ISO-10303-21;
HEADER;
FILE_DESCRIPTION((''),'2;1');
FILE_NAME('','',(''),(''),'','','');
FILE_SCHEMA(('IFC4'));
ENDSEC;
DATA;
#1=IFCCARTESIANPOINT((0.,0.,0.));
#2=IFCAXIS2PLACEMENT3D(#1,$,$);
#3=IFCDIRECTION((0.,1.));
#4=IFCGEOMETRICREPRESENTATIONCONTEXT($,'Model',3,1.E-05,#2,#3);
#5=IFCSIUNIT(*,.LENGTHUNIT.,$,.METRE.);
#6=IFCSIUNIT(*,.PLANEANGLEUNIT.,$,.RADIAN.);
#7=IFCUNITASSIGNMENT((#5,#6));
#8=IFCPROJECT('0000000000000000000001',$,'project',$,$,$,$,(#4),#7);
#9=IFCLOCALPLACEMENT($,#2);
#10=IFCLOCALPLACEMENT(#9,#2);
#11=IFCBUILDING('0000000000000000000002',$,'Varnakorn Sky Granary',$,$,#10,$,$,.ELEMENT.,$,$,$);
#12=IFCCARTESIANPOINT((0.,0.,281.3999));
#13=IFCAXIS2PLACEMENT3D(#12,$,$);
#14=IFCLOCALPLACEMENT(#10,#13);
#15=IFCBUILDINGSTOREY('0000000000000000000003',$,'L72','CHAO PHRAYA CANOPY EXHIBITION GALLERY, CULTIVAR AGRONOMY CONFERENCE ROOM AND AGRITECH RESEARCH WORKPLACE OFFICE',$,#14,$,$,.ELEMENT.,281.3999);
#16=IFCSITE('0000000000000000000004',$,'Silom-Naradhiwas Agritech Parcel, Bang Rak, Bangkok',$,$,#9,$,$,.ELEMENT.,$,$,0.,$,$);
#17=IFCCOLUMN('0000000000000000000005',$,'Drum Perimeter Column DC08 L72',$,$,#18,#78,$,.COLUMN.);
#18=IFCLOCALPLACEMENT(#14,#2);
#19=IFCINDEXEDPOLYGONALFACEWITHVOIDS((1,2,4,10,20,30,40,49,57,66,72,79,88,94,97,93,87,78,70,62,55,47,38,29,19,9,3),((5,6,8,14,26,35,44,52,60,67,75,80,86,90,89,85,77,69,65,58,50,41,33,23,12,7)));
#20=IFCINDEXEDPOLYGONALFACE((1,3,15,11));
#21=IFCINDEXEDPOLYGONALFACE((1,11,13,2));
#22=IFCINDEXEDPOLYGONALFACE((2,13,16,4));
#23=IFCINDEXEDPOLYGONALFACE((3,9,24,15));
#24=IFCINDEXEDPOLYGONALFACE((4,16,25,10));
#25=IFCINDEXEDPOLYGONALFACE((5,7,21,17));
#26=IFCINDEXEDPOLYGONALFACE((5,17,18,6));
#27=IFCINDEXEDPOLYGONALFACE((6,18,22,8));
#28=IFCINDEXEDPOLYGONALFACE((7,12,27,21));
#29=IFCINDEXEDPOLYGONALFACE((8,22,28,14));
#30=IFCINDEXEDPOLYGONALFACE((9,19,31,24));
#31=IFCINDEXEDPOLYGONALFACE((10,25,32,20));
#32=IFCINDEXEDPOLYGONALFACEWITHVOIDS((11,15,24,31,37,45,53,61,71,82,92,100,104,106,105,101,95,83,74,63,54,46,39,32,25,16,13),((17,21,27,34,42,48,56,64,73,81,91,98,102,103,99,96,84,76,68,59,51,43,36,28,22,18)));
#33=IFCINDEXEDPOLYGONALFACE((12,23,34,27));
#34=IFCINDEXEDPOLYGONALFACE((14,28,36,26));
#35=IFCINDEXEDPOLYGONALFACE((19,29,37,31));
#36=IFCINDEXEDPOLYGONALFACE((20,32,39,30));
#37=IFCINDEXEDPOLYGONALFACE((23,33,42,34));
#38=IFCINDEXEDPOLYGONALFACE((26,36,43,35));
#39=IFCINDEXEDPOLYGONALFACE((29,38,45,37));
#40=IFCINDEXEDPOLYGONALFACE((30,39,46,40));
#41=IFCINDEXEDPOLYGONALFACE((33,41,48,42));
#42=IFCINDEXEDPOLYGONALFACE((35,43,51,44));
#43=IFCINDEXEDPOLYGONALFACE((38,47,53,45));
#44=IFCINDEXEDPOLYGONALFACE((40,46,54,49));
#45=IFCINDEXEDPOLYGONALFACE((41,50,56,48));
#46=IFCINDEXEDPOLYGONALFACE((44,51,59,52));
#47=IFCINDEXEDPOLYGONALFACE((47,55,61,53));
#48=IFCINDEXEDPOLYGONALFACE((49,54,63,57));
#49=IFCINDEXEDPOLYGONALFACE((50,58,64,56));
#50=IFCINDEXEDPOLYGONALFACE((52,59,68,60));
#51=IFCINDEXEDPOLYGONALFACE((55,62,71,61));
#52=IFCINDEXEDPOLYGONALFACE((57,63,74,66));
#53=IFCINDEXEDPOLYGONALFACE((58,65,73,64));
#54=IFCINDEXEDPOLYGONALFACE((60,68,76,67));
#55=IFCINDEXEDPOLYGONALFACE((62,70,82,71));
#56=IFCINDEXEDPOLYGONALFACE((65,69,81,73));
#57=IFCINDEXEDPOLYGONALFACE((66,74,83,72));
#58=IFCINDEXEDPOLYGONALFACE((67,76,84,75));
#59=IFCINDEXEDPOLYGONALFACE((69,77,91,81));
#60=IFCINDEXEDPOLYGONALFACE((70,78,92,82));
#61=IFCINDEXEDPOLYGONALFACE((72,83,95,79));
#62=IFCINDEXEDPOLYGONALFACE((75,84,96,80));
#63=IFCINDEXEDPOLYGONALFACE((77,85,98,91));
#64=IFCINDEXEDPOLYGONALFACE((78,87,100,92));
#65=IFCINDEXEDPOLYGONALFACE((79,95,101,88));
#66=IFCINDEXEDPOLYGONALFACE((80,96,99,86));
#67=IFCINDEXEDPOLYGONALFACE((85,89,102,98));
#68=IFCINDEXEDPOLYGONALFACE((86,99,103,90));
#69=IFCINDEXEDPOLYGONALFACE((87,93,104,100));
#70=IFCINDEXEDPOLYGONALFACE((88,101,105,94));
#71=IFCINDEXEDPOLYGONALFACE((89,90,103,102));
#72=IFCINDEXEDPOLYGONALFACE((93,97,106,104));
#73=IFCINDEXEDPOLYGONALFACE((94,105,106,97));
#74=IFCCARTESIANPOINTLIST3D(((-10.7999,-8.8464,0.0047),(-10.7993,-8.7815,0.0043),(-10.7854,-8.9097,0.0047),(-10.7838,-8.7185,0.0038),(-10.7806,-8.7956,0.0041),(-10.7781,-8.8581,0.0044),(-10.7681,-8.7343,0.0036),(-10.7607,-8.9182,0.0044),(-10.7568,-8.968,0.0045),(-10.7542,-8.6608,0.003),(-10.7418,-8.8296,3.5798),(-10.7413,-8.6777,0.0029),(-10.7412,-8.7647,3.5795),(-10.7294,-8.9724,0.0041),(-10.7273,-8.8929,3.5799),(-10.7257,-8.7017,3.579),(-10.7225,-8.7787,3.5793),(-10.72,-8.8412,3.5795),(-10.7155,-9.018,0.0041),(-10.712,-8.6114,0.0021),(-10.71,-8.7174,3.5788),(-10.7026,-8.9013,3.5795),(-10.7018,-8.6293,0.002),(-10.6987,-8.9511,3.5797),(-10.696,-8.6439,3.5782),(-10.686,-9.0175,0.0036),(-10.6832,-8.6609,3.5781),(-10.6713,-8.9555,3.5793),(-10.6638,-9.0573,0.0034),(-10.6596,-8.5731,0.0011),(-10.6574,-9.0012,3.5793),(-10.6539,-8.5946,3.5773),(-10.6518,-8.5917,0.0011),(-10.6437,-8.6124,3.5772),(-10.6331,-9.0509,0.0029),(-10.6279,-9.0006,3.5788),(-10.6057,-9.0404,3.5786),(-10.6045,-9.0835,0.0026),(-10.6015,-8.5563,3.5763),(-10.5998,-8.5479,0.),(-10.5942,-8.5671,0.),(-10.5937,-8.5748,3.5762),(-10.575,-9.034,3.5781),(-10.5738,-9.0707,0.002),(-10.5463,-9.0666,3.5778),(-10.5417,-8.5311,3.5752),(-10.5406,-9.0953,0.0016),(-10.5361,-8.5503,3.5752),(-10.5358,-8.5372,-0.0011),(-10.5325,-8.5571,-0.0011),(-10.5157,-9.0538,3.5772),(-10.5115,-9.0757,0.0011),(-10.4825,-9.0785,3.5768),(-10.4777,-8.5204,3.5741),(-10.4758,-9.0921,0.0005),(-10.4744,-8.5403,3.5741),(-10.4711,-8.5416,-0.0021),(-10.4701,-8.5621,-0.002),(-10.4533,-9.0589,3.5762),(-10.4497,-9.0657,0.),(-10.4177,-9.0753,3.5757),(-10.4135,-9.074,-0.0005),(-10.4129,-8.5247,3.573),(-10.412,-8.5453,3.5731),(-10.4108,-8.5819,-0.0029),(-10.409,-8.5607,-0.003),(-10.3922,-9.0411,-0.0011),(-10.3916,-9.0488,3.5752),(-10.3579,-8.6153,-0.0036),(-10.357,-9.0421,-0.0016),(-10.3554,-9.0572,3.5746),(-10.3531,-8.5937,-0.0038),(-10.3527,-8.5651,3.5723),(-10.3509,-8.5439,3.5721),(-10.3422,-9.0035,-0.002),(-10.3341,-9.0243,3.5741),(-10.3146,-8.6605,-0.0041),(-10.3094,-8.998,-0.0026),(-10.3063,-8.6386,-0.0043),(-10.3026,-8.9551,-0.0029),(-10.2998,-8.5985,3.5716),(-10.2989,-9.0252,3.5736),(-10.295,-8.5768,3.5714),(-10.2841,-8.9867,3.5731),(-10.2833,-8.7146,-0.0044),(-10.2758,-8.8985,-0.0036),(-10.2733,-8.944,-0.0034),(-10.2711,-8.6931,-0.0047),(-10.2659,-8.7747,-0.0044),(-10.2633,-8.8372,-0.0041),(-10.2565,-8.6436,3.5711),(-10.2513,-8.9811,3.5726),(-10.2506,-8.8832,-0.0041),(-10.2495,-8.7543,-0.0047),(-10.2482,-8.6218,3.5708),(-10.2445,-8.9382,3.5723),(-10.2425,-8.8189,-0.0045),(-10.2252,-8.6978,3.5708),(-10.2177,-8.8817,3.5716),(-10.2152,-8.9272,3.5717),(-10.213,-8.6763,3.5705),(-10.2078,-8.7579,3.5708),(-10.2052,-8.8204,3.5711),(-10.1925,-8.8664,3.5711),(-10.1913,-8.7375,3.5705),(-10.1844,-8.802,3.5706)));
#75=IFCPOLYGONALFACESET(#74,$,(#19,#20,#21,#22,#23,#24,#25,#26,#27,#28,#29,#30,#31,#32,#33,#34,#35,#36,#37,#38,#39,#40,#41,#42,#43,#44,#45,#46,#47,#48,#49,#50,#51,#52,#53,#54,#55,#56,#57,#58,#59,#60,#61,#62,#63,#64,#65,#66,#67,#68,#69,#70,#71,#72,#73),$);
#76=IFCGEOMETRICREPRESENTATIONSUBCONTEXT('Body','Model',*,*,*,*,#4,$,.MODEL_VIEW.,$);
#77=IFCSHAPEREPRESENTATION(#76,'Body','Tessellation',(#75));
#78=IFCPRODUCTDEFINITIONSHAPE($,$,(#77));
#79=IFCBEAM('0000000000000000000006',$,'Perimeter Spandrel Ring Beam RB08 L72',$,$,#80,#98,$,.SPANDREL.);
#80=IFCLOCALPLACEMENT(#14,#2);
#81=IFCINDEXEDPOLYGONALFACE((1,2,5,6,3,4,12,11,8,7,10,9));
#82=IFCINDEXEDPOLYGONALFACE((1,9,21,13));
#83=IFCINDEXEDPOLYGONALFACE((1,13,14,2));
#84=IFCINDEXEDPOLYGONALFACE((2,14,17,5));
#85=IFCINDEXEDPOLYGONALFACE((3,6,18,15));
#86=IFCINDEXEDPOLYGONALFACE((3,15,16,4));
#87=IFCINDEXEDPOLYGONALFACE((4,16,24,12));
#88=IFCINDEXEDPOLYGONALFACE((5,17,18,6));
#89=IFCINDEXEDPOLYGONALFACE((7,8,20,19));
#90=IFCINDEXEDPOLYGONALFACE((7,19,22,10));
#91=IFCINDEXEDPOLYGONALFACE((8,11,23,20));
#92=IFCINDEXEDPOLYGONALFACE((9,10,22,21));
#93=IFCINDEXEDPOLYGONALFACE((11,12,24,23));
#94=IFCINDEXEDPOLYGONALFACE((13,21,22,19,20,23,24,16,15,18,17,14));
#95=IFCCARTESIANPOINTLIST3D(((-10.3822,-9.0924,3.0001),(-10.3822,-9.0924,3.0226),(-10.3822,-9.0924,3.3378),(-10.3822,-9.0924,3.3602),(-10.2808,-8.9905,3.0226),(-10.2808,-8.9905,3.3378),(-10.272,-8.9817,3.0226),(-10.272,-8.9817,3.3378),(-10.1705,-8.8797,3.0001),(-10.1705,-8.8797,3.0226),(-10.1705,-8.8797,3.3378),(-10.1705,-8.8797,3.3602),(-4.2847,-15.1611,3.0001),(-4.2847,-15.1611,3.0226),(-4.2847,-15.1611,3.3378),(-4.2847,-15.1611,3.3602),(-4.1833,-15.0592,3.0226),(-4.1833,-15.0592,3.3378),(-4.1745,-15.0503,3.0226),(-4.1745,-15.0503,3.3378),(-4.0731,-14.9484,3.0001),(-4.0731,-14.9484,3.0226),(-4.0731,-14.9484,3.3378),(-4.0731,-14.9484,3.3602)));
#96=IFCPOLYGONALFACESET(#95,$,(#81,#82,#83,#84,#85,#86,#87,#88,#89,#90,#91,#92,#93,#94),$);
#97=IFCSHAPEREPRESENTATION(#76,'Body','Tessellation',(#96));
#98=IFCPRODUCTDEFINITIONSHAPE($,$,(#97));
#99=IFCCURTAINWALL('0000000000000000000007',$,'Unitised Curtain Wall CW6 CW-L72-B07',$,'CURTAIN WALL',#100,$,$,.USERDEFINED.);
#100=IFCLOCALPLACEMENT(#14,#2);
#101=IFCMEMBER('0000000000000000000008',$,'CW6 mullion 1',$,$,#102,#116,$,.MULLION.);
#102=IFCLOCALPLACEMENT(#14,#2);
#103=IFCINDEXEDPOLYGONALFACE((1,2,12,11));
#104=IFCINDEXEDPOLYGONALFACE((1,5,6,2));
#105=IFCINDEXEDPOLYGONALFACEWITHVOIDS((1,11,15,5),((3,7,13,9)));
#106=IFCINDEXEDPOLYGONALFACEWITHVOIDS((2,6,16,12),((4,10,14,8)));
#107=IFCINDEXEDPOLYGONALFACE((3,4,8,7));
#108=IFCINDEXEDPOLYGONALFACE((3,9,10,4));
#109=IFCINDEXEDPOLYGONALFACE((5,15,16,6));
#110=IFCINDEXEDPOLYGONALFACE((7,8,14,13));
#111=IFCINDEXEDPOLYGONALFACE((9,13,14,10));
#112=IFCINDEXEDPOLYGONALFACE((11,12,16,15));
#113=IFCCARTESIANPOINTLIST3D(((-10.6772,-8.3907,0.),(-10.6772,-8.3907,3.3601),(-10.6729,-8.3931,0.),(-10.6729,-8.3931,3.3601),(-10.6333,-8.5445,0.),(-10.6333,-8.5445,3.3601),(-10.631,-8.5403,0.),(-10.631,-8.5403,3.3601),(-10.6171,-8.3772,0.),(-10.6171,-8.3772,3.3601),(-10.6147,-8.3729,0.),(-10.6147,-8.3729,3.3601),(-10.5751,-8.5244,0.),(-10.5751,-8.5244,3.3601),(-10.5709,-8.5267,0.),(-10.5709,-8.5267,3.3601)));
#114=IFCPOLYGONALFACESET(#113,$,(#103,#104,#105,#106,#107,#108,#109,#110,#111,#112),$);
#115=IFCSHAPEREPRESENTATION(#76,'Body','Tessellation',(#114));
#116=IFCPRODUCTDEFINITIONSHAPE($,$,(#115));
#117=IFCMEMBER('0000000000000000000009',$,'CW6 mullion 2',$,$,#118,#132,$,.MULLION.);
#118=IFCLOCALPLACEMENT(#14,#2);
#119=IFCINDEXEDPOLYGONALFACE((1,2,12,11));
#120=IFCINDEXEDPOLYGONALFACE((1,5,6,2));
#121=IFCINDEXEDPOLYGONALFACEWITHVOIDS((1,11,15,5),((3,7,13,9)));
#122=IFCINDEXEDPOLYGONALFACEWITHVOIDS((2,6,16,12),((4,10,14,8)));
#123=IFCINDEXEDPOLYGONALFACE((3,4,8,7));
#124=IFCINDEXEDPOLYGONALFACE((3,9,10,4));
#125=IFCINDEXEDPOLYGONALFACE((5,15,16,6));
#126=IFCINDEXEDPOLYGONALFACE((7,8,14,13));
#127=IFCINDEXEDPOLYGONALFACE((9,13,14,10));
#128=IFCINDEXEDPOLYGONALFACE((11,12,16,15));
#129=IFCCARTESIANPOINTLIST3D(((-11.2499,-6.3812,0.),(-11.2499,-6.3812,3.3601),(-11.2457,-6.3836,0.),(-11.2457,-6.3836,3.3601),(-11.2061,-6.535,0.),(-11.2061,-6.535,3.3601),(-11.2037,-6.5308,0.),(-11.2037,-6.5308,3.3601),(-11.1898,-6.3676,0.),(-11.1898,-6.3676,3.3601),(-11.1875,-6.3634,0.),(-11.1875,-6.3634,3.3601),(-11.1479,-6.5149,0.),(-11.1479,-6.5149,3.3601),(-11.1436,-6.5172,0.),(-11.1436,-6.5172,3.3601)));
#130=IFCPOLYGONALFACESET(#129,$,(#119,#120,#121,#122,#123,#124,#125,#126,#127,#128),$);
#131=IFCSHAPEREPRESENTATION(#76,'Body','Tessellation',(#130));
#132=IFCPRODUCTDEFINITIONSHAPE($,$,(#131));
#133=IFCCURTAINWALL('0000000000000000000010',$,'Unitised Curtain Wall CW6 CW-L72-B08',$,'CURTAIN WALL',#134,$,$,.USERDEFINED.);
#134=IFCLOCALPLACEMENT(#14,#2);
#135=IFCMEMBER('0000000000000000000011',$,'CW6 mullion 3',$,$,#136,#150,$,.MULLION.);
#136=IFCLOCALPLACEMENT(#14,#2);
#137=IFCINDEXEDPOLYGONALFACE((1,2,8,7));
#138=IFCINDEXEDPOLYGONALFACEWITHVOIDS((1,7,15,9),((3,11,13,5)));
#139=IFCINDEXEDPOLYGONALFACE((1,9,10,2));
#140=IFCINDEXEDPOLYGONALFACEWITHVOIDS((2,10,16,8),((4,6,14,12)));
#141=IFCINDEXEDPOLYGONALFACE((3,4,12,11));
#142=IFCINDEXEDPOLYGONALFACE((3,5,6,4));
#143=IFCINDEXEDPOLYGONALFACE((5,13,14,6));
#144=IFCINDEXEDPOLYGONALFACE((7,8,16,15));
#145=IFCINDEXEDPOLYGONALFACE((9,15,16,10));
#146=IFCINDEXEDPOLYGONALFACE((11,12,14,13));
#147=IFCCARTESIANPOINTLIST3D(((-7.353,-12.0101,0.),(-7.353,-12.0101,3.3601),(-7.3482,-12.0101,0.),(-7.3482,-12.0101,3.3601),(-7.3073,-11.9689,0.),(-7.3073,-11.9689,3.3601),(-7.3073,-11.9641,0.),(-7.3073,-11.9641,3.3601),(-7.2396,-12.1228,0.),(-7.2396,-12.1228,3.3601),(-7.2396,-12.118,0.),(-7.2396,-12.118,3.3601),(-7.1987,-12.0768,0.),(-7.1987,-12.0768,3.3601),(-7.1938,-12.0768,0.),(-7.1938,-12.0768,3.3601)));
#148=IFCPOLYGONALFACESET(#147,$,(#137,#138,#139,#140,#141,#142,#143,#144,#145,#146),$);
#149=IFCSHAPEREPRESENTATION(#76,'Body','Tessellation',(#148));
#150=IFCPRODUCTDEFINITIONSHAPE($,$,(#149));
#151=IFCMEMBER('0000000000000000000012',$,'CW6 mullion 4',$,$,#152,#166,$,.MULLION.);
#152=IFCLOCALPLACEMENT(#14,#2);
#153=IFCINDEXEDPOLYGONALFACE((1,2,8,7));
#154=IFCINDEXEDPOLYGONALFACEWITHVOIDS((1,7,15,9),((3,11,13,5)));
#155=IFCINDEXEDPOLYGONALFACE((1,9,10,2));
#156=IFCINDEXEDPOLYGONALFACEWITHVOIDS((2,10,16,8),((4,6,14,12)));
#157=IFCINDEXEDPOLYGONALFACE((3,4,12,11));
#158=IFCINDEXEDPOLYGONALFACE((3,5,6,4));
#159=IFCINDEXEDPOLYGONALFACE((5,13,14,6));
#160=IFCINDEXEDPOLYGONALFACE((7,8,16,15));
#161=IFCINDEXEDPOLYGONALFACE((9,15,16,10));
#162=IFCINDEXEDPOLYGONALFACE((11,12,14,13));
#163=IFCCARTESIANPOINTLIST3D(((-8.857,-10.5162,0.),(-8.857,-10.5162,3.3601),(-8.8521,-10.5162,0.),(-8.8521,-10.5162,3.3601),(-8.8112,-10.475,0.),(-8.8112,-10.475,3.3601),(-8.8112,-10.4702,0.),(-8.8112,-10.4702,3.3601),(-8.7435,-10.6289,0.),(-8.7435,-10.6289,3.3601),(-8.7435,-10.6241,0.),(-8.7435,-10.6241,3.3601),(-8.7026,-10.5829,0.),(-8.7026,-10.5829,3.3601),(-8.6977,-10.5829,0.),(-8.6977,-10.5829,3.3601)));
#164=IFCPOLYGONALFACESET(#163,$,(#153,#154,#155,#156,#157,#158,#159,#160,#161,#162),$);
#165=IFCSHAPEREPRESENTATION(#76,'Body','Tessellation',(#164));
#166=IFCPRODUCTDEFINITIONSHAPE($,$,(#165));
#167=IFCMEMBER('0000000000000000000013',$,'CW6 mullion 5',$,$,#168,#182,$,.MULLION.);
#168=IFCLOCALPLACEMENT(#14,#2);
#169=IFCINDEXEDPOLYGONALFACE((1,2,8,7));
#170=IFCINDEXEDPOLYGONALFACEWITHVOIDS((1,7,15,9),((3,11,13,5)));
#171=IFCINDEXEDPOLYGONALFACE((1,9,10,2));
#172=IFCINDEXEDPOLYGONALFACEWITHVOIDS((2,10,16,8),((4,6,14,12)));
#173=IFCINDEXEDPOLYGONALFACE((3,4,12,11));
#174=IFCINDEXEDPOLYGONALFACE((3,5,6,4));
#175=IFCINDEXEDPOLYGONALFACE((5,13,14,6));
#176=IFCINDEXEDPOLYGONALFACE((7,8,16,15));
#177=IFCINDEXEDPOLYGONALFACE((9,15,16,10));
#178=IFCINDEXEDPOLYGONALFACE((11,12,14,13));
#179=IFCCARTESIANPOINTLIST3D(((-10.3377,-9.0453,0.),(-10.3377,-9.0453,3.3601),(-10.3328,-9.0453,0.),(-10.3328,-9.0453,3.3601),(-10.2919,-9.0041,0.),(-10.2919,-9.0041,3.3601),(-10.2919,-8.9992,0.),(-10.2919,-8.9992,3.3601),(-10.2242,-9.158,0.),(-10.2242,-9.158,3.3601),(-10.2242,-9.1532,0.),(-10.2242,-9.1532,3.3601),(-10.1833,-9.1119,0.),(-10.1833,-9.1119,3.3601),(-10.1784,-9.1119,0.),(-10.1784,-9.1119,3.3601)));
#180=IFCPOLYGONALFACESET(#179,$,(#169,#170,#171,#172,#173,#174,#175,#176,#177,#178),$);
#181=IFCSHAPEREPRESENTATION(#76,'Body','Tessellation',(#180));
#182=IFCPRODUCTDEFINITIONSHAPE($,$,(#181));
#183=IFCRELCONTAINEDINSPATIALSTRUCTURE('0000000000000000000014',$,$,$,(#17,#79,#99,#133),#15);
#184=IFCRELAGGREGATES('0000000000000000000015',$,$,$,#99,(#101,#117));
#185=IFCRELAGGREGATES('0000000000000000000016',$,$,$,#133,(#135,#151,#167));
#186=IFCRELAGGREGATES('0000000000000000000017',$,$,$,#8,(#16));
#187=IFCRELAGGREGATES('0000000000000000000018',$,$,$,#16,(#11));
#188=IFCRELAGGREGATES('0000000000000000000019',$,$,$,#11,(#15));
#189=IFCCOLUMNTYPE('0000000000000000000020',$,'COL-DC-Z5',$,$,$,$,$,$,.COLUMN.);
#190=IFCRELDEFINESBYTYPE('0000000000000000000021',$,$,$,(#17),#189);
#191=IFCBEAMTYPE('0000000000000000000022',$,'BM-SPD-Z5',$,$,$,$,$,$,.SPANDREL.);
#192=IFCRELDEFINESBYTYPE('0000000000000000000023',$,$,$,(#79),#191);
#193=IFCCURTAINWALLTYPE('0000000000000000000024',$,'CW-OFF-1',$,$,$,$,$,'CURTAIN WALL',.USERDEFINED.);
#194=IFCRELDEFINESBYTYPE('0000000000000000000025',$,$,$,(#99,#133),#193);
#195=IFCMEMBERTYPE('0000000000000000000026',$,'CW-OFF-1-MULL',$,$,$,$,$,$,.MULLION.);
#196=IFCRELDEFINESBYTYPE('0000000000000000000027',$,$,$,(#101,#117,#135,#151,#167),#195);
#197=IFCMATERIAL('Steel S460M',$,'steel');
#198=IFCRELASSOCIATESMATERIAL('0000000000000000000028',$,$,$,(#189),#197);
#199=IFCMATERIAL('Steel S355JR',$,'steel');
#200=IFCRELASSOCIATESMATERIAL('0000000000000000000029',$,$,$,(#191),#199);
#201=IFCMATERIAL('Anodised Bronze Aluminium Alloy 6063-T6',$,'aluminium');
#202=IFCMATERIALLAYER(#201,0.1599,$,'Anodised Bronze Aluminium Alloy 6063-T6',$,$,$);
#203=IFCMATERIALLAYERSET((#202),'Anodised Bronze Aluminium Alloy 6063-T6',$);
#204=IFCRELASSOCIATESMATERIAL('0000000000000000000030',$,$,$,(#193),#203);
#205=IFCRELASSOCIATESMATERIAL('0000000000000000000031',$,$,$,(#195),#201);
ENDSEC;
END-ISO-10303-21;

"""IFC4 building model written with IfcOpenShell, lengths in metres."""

from ifc_helpers import new_model, si_unit, direction, frame, origin, origin_2d, place, context, subcontext, project, spatial, hollow_rectangle, hollow_circle, i_section, extrude, material, layer, layer_set, material_profile, profile_set, type_object, element, aggregate, save


model = new_model("IFC4")

# Units and contexts
model_context = context("Model", 3, precision=1e-05, world=origin(), true_north=direction((0.0, 1.0)))
body_context = subcontext(model_context, "Body", "Model", "MODEL_VIEW")
ifc_project = project(units=[si_unit("LENGTHUNIT", "METRE"), si_unit("PLANEANGLEUNIT", "RADIAN")], contexts=[model_context])

# Site, building, storey
site_placement = place(None, origin())
site = spatial("IfcSite", under=ifc_project, at=site_placement, Name="Silom-Naradhiwas Agritech Parcel, Bang Rak, Bangkok", CompositionType="ELEMENT", RefElevation=0.0)
building_placement = place(site_placement, origin())
building = spatial("IfcBuilding", under=site, at=building_placement, Name="Varnakorn Sky Granary", CompositionType="ELEMENT")
storey_placement = place(building_placement, frame((0.0, 0.0, 281.3999)))
storey = spatial("IfcBuildingStorey", under=building, at=storey_placement, Name="L72", Description="CHAO PHRAYA CANOPY EXHIBITION GALLERY, CULTIVAR AGRONOMY CONFERENCE ROOM AND AGRITECH RESEARCH WORKPLACE OFFICE", CompositionType="ELEMENT", Elevation=281.3999)

# Column
ifc_material_1 = material(Name="Steel S460M", Category="steel")
ifc_material_profile_1 = material_profile(ifc_material_1, hollow_circle(Radius=0.2795, WallThickness=0.02, at=origin_2d()), Name="CHS 559x20")
ifc_profile_set_1 = profile_set([ifc_material_profile_1], Name="Steel S460M")
column_type = type_object("IfcColumnType", Name="COL-DC-Z5", PredefinedType="COLUMN", material=ifc_profile_set_1)
column_placement = place(storey_placement, frame((-10.522, -8.8164, 0.0), z_axis=(0.01625, 0.004711, 0.999857), x_axis=(-0.27845, 0.960451, 0.0)))
element("IfcColumn", 1, at=column_placement, inside=storey, type_object=column_type, Name="Drum Perimeter Column DC08 L72", PredefinedType="COLUMN", context=body_context, shape_type="SweptSolid", body=[
    extrude(hollow_circle(Radius=0.2795, WallThickness=0.02, at=origin_2d()), origin(), (0.0, 0.0, 1.0), 3.5757),
])

# Beam
ifc_material_2 = material(Name="Steel S355JR", Category="steel")
ifc_material_profile_2 = material_profile(ifc_material_2, i_section(OverallWidth=0.3, OverallDepth=0.3601, WebThickness=0.0125, FlangeThickness=0.0225, at=origin_2d()), Name="HE 360 B")
ifc_profile_set_2 = profile_set([ifc_material_profile_2], Name="Steel S355JR")
beam_type = type_object("IfcBeamType", Name="BM-SPD-Z5", PredefinedType="SPANDREL", material=ifc_profile_set_2)
beam_placement = place(storey_placement, frame((-10.2764, -8.9861, 3.1802), z_axis=(0.708779, -0.70543, 0.0), x_axis=(0.70543, 0.708779, 0.0)))
element("IfcBeam", 2, at=beam_placement, inside=storey, type_object=beam_type, Name="Perimeter Spandrel Ring Beam RB08 L72", PredefinedType="SPANDREL", context=body_context, shape_type="SweptSolid", body=[
    extrude(i_section(OverallWidth=0.3, OverallDepth=0.3601, WebThickness=0.0125, FlangeThickness=0.0225, at=origin_2d()), origin(), (0.0, 0.0, 1.0), 8.6028),
])

# Curtain walls, members
ifc_material_3 = material(Name="Anodised Bronze Aluminium Alloy 6063-T6", Category="aluminium")
ifc_layer_1 = layer(ifc_material_3, 0.1599, Name="Anodised Bronze Aluminium Alloy 6063-T6")
ifc_layer_set_1 = layer_set([ifc_layer_1], Name="Anodised Bronze Aluminium Alloy 6063-T6")
curtain_wall_type = type_object("IfcCurtainWallType", Name="CW-OFF-1", ElementType="CURTAIN WALL", PredefinedType="USERDEFINED", material=ifc_layer_set_1)
curtain_wall_1_placement = place(storey_placement, origin())
curtain_wall_1 = element("IfcCurtainWall", 3, at=curtain_wall_1_placement, inside=storey, type_object=curtain_wall_type, Name="Unitised Curtain Wall CW6 CW-L72-B07", ObjectType="CURTAIN WALL", PredefinedType="USERDEFINED")
ifc_material_profile_3 = material_profile(ifc_material_3, hollow_rectangle(XDim=0.0649, YDim=0.1599, WallThickness=0.0034, at=origin_2d()), Name="ALU MULL 65x160")
ifc_profile_set_3 = profile_set([ifc_material_profile_3], Name="Anodised Bronze Aluminium Alloy 6063-T6")
member_type_1 = type_object("IfcMemberType", Name="CW-OFF-1-MULL", PredefinedType="MULLION", material=ifc_profile_set_3)
member_1_placement = place(storey_placement, frame((-10.624, -8.4587, 0.0), z_axis=(0.0, 0.0, 1.0), x_axis=(-0.961699, -0.274108, 0.0)))
member_1 = element("IfcMember", 4, at=member_1_placement, type_object=member_type_1, Name="CW6 mullion 1", PredefinedType="MULLION", context=body_context, shape_type="SweptSolid", body=[
    extrude(hollow_rectangle(XDim=0.0649, YDim=0.1599, WallThickness=0.0034, at=origin_2d()), origin(), (0.0, 0.0, 1.0), 3.3601),
])
member_2_placement = place(storey_placement, frame((-11.1968, -6.4492, 0.0), z_axis=(0.0, 0.0, 1.0), x_axis=(-0.961699, -0.274108, 0.0)))
member_2 = element("IfcMember", 5, at=member_2_placement, type_object=member_type_1, Name="CW6 mullion 2", PredefinedType="MULLION", context=body_context, shape_type="SweptSolid", body=[
    extrude(hollow_rectangle(XDim=0.0649, YDim=0.1599, WallThickness=0.0034, at=origin_2d()), origin(), (0.0, 0.0, 1.0), 3.3601),
])
curtain_wall_2_placement = place(storey_placement, origin())
curtain_wall_2 = element("IfcCurtainWall", 6, at=curtain_wall_2_placement, inside=storey, type_object=curtain_wall_type, Name="Unitised Curtain Wall CW6 CW-L72-B08", ObjectType="CURTAIN WALL", PredefinedType="USERDEFINED")
member_3_placement = place(storey_placement, frame((-7.2734, -12.0435, 0.0), z_axis=(0.0, 0.0, 1.0), x_axis=(-0.704762, -0.709444, 0.0)))
member_3 = element("IfcMember", 7, at=member_3_placement, type_object=member_type_1, Name="CW6 mullion 3", PredefinedType="MULLION", context=body_context, shape_type="SweptSolid", body=[
    extrude(hollow_rectangle(XDim=0.0649, YDim=0.1599, WallThickness=0.0034, at=origin_2d()), origin(), (0.0, 0.0, 1.0), 3.3601),
])
member_4_placement = place(storey_placement, frame((-8.7773, -10.5496, 0.0), z_axis=(0.0, 0.0, 1.0), x_axis=(-0.704762, -0.709444, 0.0)))
member_4 = element("IfcMember", 8, at=member_4_placement, type_object=member_type_1, Name="CW6 mullion 4", PredefinedType="MULLION", context=body_context, shape_type="SweptSolid", body=[
    extrude(hollow_rectangle(XDim=0.0649, YDim=0.1599, WallThickness=0.0034, at=origin_2d()), origin(), (0.0, 0.0, 1.0), 3.3601),
])
member_5_placement = place(storey_placement, frame((-10.2581, -9.0786, 0.0), z_axis=(0.0, 0.0, 1.0), x_axis=(-0.704762, -0.709444, 0.0)))
member_5 = element("IfcMember", 9, at=member_5_placement, type_object=member_type_1, Name="CW6 mullion 5", PredefinedType="MULLION", context=body_context, shape_type="SweptSolid", body=[
    extrude(hollow_rectangle(XDim=0.0649, YDim=0.1599, WallThickness=0.0034, at=origin_2d()), origin(), (0.0, 0.0, 1.0), 3.3601),
])

aggregate(curtain_wall_1, [member_1, member_2])
aggregate(curtain_wall_2, [member_3, member_4, member_5])

save(model, "model.ifc")
